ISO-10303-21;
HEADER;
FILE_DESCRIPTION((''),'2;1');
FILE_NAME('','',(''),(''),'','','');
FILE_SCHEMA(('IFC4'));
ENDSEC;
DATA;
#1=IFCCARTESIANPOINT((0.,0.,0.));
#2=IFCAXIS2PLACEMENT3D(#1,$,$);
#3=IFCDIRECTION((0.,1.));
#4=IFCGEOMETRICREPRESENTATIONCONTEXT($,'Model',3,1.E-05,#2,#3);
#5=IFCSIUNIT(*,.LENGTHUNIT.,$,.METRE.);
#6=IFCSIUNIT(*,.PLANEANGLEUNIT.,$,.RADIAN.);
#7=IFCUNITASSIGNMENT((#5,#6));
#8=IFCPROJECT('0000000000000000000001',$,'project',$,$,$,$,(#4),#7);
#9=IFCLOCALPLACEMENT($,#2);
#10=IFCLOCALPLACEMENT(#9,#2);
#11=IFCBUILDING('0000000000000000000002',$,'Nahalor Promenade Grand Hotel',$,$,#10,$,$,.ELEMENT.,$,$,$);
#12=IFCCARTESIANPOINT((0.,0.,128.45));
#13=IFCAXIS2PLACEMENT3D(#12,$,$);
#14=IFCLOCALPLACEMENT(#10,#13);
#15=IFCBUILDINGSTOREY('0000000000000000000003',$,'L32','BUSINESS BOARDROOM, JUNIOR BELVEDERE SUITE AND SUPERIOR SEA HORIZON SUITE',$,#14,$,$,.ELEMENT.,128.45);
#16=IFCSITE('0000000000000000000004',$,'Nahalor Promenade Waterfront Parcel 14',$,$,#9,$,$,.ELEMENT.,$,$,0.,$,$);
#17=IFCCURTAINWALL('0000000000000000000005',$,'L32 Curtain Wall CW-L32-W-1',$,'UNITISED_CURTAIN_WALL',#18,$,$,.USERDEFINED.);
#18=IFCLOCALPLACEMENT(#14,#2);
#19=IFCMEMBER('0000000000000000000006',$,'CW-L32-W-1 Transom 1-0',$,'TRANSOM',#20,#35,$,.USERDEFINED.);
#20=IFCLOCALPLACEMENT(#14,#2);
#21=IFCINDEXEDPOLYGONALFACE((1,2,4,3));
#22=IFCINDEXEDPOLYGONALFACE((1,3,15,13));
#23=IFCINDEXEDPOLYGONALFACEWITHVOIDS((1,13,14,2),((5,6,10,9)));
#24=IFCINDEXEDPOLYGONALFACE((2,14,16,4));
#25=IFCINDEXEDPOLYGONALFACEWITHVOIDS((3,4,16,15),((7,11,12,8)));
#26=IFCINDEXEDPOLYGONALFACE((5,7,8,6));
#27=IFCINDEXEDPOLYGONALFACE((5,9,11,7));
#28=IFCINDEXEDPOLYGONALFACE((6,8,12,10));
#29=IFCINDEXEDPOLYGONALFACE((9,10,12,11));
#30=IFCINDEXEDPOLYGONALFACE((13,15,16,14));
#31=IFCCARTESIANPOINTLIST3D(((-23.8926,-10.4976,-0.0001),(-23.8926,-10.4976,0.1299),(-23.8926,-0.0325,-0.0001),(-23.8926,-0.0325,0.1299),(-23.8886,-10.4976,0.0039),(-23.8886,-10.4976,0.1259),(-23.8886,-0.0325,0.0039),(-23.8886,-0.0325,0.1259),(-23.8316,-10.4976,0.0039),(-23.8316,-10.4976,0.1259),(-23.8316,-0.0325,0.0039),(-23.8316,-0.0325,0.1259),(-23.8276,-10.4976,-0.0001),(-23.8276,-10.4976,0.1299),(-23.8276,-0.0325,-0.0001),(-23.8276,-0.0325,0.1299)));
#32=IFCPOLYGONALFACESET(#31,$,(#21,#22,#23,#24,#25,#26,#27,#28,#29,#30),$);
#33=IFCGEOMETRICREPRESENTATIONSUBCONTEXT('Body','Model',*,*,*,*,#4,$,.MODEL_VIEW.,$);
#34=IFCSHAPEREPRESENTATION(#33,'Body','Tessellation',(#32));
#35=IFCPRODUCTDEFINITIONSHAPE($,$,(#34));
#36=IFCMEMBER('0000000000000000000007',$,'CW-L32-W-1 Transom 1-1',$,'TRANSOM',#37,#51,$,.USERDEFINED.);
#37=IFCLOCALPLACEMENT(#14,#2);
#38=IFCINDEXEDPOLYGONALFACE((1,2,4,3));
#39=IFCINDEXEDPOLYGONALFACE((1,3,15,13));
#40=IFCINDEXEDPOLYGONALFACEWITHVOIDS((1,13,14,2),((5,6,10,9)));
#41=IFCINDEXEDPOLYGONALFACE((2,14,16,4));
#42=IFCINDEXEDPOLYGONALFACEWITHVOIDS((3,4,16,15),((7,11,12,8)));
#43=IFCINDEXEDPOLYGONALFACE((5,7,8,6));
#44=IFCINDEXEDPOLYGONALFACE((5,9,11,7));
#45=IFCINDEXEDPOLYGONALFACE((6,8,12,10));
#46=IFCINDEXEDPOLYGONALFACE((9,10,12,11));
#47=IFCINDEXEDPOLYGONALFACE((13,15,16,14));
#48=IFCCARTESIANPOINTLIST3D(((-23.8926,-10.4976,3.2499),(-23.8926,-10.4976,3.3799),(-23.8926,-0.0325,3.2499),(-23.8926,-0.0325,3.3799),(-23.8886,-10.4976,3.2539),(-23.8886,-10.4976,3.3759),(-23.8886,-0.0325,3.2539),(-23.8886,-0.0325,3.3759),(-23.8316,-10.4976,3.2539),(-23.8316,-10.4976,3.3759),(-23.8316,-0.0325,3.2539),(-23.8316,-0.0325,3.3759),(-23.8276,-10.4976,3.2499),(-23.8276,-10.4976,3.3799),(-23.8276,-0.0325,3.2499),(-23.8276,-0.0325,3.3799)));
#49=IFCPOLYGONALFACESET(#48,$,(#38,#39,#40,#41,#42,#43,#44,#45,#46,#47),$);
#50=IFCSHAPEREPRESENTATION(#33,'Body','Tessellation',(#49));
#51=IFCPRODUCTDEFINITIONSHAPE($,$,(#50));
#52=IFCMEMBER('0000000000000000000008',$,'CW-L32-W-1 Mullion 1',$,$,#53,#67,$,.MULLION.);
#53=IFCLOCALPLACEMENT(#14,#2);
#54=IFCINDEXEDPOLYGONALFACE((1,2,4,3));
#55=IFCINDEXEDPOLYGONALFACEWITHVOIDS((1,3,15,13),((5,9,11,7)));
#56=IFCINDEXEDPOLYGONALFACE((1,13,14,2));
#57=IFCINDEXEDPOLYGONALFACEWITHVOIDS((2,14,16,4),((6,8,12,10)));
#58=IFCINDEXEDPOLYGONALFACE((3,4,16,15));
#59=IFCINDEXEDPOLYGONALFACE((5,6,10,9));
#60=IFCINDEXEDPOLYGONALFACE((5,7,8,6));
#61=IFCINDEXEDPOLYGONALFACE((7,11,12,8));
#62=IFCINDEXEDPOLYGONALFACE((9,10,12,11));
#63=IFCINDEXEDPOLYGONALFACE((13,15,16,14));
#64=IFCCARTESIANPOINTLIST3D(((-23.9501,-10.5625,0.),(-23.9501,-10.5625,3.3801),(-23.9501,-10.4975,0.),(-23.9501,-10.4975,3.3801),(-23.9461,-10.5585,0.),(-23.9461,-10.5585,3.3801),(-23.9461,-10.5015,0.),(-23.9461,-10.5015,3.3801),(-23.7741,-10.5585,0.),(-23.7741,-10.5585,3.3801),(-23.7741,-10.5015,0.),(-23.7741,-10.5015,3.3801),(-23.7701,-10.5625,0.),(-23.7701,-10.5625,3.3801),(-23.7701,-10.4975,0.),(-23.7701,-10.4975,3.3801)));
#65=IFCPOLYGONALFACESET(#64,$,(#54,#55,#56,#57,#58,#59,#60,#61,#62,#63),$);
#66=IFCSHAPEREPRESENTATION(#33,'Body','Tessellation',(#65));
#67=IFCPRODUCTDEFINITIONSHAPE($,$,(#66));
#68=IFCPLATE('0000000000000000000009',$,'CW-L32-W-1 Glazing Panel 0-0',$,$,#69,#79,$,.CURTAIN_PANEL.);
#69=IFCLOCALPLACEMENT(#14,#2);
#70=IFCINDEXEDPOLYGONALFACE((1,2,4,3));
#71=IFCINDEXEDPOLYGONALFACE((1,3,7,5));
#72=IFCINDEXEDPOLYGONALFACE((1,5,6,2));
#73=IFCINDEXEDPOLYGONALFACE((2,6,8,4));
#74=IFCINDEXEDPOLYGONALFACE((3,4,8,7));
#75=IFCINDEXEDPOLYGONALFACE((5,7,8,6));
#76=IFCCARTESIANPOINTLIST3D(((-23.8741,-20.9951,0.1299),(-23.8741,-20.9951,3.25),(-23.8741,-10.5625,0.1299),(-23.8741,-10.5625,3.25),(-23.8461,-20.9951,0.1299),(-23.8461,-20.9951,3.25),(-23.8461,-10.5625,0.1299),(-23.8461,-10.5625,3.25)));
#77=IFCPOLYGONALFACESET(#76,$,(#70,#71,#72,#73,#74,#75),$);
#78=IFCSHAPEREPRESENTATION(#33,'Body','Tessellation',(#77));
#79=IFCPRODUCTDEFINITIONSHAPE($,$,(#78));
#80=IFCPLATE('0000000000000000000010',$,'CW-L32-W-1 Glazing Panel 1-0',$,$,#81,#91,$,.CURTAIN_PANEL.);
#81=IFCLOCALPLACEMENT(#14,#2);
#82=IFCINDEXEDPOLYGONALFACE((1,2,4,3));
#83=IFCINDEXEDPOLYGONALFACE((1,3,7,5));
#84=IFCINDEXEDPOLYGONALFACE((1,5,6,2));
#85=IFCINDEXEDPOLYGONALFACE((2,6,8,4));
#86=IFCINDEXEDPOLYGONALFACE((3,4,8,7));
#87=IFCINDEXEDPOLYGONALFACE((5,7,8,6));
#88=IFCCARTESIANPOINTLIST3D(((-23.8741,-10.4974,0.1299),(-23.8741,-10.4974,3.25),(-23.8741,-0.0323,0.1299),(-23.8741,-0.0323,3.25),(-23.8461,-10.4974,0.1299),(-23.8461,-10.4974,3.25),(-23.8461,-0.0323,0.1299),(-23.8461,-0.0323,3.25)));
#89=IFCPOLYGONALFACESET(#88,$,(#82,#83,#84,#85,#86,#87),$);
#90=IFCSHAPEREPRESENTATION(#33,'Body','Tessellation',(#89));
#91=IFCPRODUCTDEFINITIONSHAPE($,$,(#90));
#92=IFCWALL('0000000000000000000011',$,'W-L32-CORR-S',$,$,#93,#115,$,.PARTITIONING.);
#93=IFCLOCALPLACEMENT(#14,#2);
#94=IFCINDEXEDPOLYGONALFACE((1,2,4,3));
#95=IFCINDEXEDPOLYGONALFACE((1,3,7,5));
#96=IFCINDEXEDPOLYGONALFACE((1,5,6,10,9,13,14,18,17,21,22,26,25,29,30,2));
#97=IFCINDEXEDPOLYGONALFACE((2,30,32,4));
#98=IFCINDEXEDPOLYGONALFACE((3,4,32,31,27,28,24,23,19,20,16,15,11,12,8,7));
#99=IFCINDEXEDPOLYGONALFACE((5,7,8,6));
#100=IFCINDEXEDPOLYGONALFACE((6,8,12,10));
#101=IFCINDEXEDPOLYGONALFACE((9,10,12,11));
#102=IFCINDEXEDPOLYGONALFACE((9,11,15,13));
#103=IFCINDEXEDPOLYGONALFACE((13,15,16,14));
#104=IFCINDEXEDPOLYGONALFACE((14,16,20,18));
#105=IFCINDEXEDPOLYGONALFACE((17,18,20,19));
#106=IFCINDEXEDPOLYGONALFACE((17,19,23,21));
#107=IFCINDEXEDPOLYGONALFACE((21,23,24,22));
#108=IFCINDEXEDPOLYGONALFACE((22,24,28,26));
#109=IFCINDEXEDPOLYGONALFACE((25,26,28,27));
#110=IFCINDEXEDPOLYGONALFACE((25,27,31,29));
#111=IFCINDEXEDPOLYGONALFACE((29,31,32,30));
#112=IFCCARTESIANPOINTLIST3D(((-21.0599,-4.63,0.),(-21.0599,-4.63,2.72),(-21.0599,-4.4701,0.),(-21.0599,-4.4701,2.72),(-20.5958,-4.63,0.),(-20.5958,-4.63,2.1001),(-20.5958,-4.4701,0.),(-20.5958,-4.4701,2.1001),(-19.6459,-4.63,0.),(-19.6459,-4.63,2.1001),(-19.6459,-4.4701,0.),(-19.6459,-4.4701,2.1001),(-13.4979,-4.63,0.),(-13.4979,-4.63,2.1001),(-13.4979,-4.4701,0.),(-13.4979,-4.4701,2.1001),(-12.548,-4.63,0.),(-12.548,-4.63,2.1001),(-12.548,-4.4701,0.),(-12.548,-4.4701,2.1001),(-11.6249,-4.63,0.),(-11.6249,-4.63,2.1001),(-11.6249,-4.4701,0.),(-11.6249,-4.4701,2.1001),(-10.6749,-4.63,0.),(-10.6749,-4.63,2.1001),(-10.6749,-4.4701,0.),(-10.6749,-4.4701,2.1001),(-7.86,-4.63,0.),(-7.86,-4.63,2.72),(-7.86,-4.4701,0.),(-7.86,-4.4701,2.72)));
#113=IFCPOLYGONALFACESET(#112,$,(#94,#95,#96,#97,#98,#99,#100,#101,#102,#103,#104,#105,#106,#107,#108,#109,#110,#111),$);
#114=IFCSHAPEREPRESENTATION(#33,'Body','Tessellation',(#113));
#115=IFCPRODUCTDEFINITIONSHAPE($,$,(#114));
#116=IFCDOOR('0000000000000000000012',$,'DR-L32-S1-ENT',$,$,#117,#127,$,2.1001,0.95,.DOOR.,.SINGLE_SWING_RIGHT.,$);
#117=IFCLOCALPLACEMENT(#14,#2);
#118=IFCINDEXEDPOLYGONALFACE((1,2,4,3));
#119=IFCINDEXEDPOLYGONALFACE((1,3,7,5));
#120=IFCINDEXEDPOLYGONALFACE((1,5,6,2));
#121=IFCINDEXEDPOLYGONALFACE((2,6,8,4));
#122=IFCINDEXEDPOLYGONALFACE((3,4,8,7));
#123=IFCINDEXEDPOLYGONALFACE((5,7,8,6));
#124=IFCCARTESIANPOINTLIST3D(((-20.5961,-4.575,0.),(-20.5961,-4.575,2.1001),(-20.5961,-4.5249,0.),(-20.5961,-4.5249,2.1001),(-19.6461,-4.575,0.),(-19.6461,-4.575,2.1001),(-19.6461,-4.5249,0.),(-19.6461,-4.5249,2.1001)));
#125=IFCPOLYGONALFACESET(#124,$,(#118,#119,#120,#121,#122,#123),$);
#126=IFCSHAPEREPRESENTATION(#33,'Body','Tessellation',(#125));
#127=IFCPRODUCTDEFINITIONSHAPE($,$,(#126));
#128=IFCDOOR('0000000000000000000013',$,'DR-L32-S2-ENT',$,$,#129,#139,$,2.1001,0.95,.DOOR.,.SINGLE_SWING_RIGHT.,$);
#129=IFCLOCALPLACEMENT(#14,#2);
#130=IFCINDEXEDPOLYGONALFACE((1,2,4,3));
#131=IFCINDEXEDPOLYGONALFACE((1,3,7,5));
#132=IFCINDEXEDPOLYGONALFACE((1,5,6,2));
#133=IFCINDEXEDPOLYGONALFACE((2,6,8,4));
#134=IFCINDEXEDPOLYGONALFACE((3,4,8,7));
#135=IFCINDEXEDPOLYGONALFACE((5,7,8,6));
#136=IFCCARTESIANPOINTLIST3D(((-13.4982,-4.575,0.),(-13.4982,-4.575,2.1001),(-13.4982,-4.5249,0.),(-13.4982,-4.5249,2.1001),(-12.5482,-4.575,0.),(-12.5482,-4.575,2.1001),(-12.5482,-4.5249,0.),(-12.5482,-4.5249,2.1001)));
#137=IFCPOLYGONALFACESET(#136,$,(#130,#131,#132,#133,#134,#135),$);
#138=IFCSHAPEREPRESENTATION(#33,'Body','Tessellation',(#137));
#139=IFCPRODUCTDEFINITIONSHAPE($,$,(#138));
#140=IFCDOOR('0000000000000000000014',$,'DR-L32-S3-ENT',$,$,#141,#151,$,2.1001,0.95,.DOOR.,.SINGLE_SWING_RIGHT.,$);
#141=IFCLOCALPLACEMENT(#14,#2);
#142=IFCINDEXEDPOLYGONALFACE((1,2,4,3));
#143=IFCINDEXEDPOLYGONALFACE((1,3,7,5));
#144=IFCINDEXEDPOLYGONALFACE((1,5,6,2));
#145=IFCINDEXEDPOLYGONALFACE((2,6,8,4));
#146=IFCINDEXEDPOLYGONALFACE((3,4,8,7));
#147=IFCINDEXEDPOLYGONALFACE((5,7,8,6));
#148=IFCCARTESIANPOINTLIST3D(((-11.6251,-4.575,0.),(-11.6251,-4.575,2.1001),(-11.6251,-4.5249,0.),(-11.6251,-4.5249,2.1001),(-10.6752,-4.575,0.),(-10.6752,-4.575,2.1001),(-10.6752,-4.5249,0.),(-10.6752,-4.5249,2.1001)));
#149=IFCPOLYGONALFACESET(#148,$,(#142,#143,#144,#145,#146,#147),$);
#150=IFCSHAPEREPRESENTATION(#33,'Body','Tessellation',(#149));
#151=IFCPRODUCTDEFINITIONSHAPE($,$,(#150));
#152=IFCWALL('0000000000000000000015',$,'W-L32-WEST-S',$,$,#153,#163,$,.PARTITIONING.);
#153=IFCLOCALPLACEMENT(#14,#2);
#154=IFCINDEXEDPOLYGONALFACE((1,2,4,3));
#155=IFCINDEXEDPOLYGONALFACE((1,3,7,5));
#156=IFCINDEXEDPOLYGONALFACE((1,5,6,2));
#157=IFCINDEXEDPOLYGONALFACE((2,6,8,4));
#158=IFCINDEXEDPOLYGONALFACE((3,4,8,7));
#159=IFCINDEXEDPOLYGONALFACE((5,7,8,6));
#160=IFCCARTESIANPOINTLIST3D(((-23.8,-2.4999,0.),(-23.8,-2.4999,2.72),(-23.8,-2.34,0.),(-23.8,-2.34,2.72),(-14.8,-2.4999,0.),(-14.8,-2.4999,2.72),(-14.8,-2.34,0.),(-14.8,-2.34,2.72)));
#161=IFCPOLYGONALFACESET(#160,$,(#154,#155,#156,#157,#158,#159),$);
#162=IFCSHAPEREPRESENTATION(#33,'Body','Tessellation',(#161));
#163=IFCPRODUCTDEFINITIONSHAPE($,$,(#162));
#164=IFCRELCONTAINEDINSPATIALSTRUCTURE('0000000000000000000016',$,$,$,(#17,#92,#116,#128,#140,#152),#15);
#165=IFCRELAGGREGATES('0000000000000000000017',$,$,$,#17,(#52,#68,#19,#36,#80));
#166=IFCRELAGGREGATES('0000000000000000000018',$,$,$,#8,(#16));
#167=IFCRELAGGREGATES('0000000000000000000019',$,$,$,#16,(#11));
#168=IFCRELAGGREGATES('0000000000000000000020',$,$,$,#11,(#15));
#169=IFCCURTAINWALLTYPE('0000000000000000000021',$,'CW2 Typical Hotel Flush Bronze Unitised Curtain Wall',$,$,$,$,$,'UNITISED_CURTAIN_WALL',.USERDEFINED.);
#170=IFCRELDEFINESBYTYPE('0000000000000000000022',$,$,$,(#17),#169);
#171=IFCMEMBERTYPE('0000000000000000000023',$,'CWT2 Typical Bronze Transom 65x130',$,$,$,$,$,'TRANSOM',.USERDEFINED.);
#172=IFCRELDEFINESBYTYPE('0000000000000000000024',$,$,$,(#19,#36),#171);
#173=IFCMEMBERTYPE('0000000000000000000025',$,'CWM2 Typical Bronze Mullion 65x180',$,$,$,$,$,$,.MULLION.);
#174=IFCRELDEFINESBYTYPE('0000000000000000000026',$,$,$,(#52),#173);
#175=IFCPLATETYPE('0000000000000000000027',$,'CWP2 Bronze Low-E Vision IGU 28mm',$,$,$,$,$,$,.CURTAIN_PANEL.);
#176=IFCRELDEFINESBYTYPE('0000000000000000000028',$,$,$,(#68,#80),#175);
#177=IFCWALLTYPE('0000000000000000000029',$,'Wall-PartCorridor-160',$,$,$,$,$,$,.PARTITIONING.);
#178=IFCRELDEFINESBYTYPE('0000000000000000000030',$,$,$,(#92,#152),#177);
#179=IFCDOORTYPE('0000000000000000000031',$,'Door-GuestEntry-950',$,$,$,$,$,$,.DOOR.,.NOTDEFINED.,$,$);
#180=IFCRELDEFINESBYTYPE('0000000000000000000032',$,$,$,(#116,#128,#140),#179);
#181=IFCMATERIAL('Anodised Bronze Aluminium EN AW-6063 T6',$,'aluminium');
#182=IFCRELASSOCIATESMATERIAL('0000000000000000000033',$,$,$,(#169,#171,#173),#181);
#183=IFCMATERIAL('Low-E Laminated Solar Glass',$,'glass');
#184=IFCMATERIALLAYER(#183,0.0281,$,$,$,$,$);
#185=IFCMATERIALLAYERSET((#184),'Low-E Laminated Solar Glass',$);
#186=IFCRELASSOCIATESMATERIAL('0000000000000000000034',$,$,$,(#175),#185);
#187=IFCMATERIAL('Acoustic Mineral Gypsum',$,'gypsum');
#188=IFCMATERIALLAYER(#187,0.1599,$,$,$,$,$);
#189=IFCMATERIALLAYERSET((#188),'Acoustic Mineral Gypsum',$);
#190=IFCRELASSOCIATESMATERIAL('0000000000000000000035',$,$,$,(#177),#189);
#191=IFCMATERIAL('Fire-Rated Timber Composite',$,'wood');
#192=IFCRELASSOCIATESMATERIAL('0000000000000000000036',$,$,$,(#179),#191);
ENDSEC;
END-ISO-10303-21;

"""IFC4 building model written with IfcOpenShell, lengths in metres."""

from ifc_helpers import new_model, si_unit, direction, frame, frame_2d, origin, origin_2d, place, context, subcontext, project, spatial, rectangle, hollow_rectangle, extrude, source, transform, mapped, material, layer, layer_set, material_profile, profile_set, type_object, element, fill, aggregate, save


model = new_model("IFC4")

# Units and contexts
model_context = context("Model", 3, precision=1e-05, world=origin(), true_north=direction((0.0, 1.0)))
body_context = subcontext(model_context, "Body", "Model", "MODEL_VIEW")
ifc_project = project(units=[si_unit("LENGTHUNIT", "METRE"), si_unit("PLANEANGLEUNIT", "RADIAN")], contexts=[model_context])

# Site, building, storey
site_placement = place(None, origin())
site = spatial("IfcSite", under=ifc_project, at=site_placement, Name="Nahalor Promenade Waterfront Parcel 14", CompositionType="ELEMENT", RefElevation=0.0)
building_placement = place(site_placement, origin())
building = spatial("IfcBuilding", under=site, at=building_placement, Name="Nahalor Promenade Grand Hotel", CompositionType="ELEMENT")
storey_placement = place(building_placement, frame((0.0, 0.0, 128.45)))
storey = spatial("IfcBuildingStorey", under=building, at=storey_placement, Name="L32", Description="BUSINESS BOARDROOM, JUNIOR BELVEDERE SUITE AND SUPERIOR SEA HORIZON SUITE", CompositionType="ELEMENT", Elevation=128.45)

# Curtain wall, members, plates
ifc_material_1 = material(Name="Anodised Bronze Aluminium EN AW-6063 T6", Category="aluminium")
curtain_wall_type = type_object("IfcCurtainWallType", Name="CW2 Typical Hotel Flush Bronze Unitised Curtain Wall", ElementType="UNITISED_CURTAIN_WALL", PredefinedType="USERDEFINED", material=ifc_material_1)
curtain_wall_placement = place(storey_placement, origin())
curtain_wall = element("IfcCurtainWall", 1, at=curtain_wall_placement, inside=storey, type_object=curtain_wall_type, Name="L32 Curtain Wall CW-L32-W-1", ObjectType="UNITISED_CURTAIN_WALL", PredefinedType="USERDEFINED")
ifc_material_profile_1 = material_profile(ifc_material_1, hollow_rectangle(XDim=0.065, YDim=0.13, WallThickness=0.004, at=origin_2d()), Name="CWT 65x130x4")
ifc_profile_set_1 = profile_set([ifc_material_profile_1], Name="Anodised Bronze Aluminium EN AW-6063 T6")
member_type_1 = type_object("IfcMemberType", Name="CWT2 Typical Bronze Transom 65x130", ElementType="TRANSOM", PredefinedType="USERDEFINED", material=ifc_profile_set_1)
shared_shape_1 = source(origin(), body_context, "Body", "SweptSolid", [
    extrude(hollow_rectangle(XDim=0.065, YDim=0.13, WallThickness=0.004, at=origin_2d()), origin(), (0.0, 0.0, 1.0), 10.4651),
])
member_1_placement = place(storey_placement, frame((-23.8601, -10.4976, 0.0649), z_axis=(0.0, 1.0, 0.0), x_axis=(-1.0, 0.0, 0.0)))
member_1 = element("IfcMember", 2, at=member_1_placement, type_object=member_type_1, Name="CW-L32-W-1 Transom 1-0", ObjectType="TRANSOM", PredefinedType="USERDEFINED", context=body_context, shape_type="MappedRepresentation", body=[
    mapped(shared_shape_1, transform((0.0, 0.0, 0.0), scale=1.0)),
])
member_2_placement = place(storey_placement, frame((-23.8601, -10.4976, 3.3149), z_axis=(0.0, 1.0, 0.0), x_axis=(-1.0, 0.0, 0.0)))
member_2 = element("IfcMember", 3, at=member_2_placement, type_object=member_type_1, Name="CW-L32-W-1 Transom 1-1", ObjectType="TRANSOM", PredefinedType="USERDEFINED", context=body_context, shape_type="MappedRepresentation", body=[
    mapped(shared_shape_1, transform((0.0, 0.0, 0.0), scale=1.0)),
])
ifc_material_profile_2 = material_profile(ifc_material_1, hollow_rectangle(XDim=0.065, YDim=0.18, WallThickness=0.004, at=origin_2d()), Name="CWM 65x180x4")
ifc_profile_set_2 = profile_set([ifc_material_profile_2], Name="Anodised Bronze Aluminium EN AW-6063 T6")
member_type_2 = type_object("IfcMemberType", Name="CWM2 Typical Bronze Mullion 65x180", PredefinedType="MULLION", material=ifc_profile_set_2)
shared_shape_2 = source(origin(), body_context, "Body", "SweptSolid", [
    extrude(hollow_rectangle(XDim=0.065, YDim=0.18, WallThickness=0.004, at=origin_2d()), origin(), (0.0, 0.0, 1.0), 3.3801),
])
member_3_placement = place(storey_placement, frame((-23.8601, -10.53, 0.0), z_axis=(0.0, 0.0, 1.0), x_axis=(0.0, 1.0, 0.0)))
member_3 = element("IfcMember", 4, at=member_3_placement, type_object=member_type_2, Name="CW-L32-W-1 Mullion 1", PredefinedType="MULLION", context=body_context, shape_type="MappedRepresentation", body=[
    mapped(shared_shape_2, transform((0.0, 0.0, 0.0), scale=1.0)),
])
ifc_material_2 = material(Name="Low-E Laminated Solar Glass", Category="glass")
ifc_layer_1 = layer(ifc_material_2, 0.0281)
ifc_layer_set_1 = layer_set([ifc_layer_1], Name="Low-E Laminated Solar Glass")
plate_type = type_object("IfcPlateType", Name="CWP2 Bronze Low-E Vision IGU 28mm", PredefinedType="CURTAIN_PANEL", material=ifc_layer_set_1)
shared_shape_3 = source(origin(), body_context, "Body", "SweptSolid", [
    extrude(rectangle(XDim=10.4326, YDim=0.0281, at=origin_2d()), origin(), (0.0, 0.0, 1.0), 3.1201),
])
plate_1_placement = place(storey_placement, frame((-23.8601, -15.7788, 0.1299), z_axis=(0.0, 0.0, 1.0), x_axis=(0.0, 1.0, 0.0)))
plate_1 = element("IfcPlate", 5, at=plate_1_placement, type_object=plate_type, Name="CW-L32-W-1 Glazing Panel 0-0", PredefinedType="CURTAIN_PANEL", context=body_context, shape_type="MappedRepresentation", body=[
    mapped(shared_shape_3, transform((0.0, 0.0, 0.0), scale=1.0)),
])
shared_shape_4 = source(origin(), body_context, "Body", "SweptSolid", [
    extrude(rectangle(XDim=10.4651, YDim=0.0281, at=origin_2d()), origin(), (0.0, 0.0, 1.0), 3.1201),
])
plate_2_placement = place(storey_placement, frame((-23.8601, -5.2649, 0.1299), z_axis=(0.0, 0.0, 1.0), x_axis=(0.0, 1.0, 0.0)))
plate_2 = element("IfcPlate", 6, at=plate_2_placement, type_object=plate_type, Name="CW-L32-W-1 Glazing Panel 1-0", PredefinedType="CURTAIN_PANEL", context=body_context, shape_type="MappedRepresentation", body=[
    mapped(shared_shape_4, transform((0.0, 0.0, 0.0), scale=1.0)),
])
aggregate(curtain_wall, [member_3, plate_1, member_1, member_2, plate_2])

# Wall, openings, doors
ifc_material_3 = material(Name="Acoustic Mineral Gypsum", Category="gypsum")
ifc_layer_2 = layer(ifc_material_3, 0.1599)
ifc_layer_set_2 = layer_set([ifc_layer_2], Name="Acoustic Mineral Gypsum")
wall_type = type_object("IfcWallType", Name="Wall-PartCorridor-160", PredefinedType="PARTITIONING", material=ifc_layer_set_2)
shared_shape_5 = source(origin(), body_context, "Body", "SweptSolid", [
    extrude(rectangle(XDim=13.2, YDim=0.1599, at=frame_2d((6.6001, 0.0))), origin(), (0.0, 0.0, 1.0), 2.72),
])
wall_1_placement = place(storey_placement, frame((-21.0601, -4.55, 0.0), z_axis=(0.0, 0.0, 1.0), x_axis=(1.0, 0.0, 0.0)))
wall_1 = element("IfcWall", 7, at=wall_1_placement, inside=storey, type_object=wall_type, Name="W-L32-CORR-S", PredefinedType="PARTITIONING", context=body_context, shape_type="MappedRepresentation", body=[
    mapped(shared_shape_5, transform((0.0, 0.0, 0.0), scale=1.0)),
])
opening_1_placement = place(wall_1_placement, frame((0.4641, 0.0, 0.0)))
opening_1 = element("IfcOpeningElement", 8, at=opening_1_placement, cuts=wall_1, PredefinedType="OPENING", context=body_context, shape_type="SweptSolid", body=[
    extrude(rectangle(XDim=0.95, YDim=2.1001, at=frame_2d((0.4751, 1.05))), frame((0.0, 0.0898, 0.0), z_axis=(0.0, -1.0, 0.0), x_axis=(1.0, 0.0, 0.0)), (0.0, 0.0, 1.0), 0.1799),
])
opening_2_placement = place(wall_1_placement, frame((7.562, 0.0, 0.0)))
opening_2 = element("IfcOpeningElement", 9, at=opening_2_placement, cuts=wall_1, PredefinedType="OPENING", context=body_context, shape_type="SweptSolid", body=[
    extrude(rectangle(XDim=0.95, YDim=2.1001, at=frame_2d((0.4751, 1.05))), frame((0.0, 0.0898, 0.0), z_axis=(0.0, -1.0, 0.0), x_axis=(1.0, 0.0, 0.0)), (0.0, 0.0, 1.0), 0.1799),
])
opening_3_placement = place(wall_1_placement, frame((9.4351, 0.0, 0.0)))
opening_3 = element("IfcOpeningElement", 10, at=opening_3_placement, cuts=wall_1, PredefinedType="OPENING", context=body_context, shape_type="SweptSolid", body=[
    extrude(rectangle(XDim=0.95, YDim=2.1001, at=frame_2d((0.4751, 1.05))), frame((0.0, 0.0898, 0.0), z_axis=(0.0, -1.0, 0.0), x_axis=(1.0, 0.0, 0.0)), (0.0, 0.0, 1.0), 0.1799),
])
ifc_material_4 = material(Name="Fire-Rated Timber Composite", Category="wood")
door_type = type_object("IfcDoorType", Name="Door-GuestEntry-950", OperationType="NOTDEFINED", PredefinedType="DOOR", material=ifc_material_4)
shared_shape_6 = source(origin(), body_context, "Body", "SweptSolid", [
    extrude(rectangle(XDim=0.95, YDim=2.1001, at=frame_2d((0.4751, 1.05))), frame((0.0, 0.0249, 0.0), z_axis=(0.0, -1.0, 0.0), x_axis=(1.0, 0.0, 0.0)), (0.0, 0.0, 1.0), 0.05),
])
door_1_placement = place(opening_1_placement, frame((0.95, 0.0, 0.0), z_axis=(0.0, 0.0, 1.0), x_axis=(-1.0, 0.0, 0.0)))
door_1 = element("IfcDoor", 11, at=door_1_placement, inside=storey, type_object=door_type, Name="DR-L32-S1-ENT", OperationType="SINGLE_SWING_RIGHT", OverallHeight=2.1001, OverallWidth=0.95, PredefinedType="DOOR", context=body_context, shape_type="MappedRepresentation", body=[
    mapped(shared_shape_6, transform((0.0, 0.0, 0.0), scale=1.0)),
])
fill(opening_1, door_1)
door_2_placement = place(opening_2_placement, frame((0.95, 0.0, 0.0), z_axis=(0.0, 0.0, 1.0), x_axis=(-1.0, 0.0, 0.0)))
door_2 = element("IfcDoor", 12, at=door_2_placement, inside=storey, type_object=door_type, Name="DR-L32-S2-ENT", OperationType="SINGLE_SWING_RIGHT", OverallHeight=2.1001, OverallWidth=0.95, PredefinedType="DOOR", context=body_context, shape_type="MappedRepresentation", body=[
    mapped(shared_shape_6, transform((0.0, 0.0, 0.0), scale=1.0)),
])
fill(opening_2, door_2)
door_3_placement = place(opening_3_placement, frame((0.95, 0.0, 0.0), z_axis=(0.0, 0.0, 1.0), x_axis=(-1.0, 0.0, 0.0)))
door_3 = element("IfcDoor", 13, at=door_3_placement, inside=storey, type_object=door_type, Name="DR-L32-S3-ENT", OperationType="SINGLE_SWING_RIGHT", OverallHeight=2.1001, OverallWidth=0.95, PredefinedType="DOOR", context=body_context, shape_type="MappedRepresentation", body=[
    mapped(shared_shape_6, transform((0.0, 0.0, 0.0), scale=1.0)),
])
fill(opening_3, door_3)

# Wall
shared_shape_7 = source(origin(), body_context, "Body", "SweptSolid", [
    extrude(rectangle(XDim=9.0, YDim=0.1599, at=frame_2d((4.5, 0.0))), origin(), (0.0, 0.0, 1.0), 2.72),
])
wall_2_placement = place(storey_placement, frame((-23.8, -2.4199, 0.0), z_axis=(0.0, 0.0, 1.0), x_axis=(1.0, 0.0, 0.0)))
element("IfcWall", 14, at=wall_2_placement, inside=storey, type_object=wall_type, Name="W-L32-WEST-S", PredefinedType="PARTITIONING", context=body_context, shape_type="MappedRepresentation", body=[
    mapped(shared_shape_7, transform((0.0, 0.0, 0.0), scale=1.0)),
])

save(model, "model.ifc")
